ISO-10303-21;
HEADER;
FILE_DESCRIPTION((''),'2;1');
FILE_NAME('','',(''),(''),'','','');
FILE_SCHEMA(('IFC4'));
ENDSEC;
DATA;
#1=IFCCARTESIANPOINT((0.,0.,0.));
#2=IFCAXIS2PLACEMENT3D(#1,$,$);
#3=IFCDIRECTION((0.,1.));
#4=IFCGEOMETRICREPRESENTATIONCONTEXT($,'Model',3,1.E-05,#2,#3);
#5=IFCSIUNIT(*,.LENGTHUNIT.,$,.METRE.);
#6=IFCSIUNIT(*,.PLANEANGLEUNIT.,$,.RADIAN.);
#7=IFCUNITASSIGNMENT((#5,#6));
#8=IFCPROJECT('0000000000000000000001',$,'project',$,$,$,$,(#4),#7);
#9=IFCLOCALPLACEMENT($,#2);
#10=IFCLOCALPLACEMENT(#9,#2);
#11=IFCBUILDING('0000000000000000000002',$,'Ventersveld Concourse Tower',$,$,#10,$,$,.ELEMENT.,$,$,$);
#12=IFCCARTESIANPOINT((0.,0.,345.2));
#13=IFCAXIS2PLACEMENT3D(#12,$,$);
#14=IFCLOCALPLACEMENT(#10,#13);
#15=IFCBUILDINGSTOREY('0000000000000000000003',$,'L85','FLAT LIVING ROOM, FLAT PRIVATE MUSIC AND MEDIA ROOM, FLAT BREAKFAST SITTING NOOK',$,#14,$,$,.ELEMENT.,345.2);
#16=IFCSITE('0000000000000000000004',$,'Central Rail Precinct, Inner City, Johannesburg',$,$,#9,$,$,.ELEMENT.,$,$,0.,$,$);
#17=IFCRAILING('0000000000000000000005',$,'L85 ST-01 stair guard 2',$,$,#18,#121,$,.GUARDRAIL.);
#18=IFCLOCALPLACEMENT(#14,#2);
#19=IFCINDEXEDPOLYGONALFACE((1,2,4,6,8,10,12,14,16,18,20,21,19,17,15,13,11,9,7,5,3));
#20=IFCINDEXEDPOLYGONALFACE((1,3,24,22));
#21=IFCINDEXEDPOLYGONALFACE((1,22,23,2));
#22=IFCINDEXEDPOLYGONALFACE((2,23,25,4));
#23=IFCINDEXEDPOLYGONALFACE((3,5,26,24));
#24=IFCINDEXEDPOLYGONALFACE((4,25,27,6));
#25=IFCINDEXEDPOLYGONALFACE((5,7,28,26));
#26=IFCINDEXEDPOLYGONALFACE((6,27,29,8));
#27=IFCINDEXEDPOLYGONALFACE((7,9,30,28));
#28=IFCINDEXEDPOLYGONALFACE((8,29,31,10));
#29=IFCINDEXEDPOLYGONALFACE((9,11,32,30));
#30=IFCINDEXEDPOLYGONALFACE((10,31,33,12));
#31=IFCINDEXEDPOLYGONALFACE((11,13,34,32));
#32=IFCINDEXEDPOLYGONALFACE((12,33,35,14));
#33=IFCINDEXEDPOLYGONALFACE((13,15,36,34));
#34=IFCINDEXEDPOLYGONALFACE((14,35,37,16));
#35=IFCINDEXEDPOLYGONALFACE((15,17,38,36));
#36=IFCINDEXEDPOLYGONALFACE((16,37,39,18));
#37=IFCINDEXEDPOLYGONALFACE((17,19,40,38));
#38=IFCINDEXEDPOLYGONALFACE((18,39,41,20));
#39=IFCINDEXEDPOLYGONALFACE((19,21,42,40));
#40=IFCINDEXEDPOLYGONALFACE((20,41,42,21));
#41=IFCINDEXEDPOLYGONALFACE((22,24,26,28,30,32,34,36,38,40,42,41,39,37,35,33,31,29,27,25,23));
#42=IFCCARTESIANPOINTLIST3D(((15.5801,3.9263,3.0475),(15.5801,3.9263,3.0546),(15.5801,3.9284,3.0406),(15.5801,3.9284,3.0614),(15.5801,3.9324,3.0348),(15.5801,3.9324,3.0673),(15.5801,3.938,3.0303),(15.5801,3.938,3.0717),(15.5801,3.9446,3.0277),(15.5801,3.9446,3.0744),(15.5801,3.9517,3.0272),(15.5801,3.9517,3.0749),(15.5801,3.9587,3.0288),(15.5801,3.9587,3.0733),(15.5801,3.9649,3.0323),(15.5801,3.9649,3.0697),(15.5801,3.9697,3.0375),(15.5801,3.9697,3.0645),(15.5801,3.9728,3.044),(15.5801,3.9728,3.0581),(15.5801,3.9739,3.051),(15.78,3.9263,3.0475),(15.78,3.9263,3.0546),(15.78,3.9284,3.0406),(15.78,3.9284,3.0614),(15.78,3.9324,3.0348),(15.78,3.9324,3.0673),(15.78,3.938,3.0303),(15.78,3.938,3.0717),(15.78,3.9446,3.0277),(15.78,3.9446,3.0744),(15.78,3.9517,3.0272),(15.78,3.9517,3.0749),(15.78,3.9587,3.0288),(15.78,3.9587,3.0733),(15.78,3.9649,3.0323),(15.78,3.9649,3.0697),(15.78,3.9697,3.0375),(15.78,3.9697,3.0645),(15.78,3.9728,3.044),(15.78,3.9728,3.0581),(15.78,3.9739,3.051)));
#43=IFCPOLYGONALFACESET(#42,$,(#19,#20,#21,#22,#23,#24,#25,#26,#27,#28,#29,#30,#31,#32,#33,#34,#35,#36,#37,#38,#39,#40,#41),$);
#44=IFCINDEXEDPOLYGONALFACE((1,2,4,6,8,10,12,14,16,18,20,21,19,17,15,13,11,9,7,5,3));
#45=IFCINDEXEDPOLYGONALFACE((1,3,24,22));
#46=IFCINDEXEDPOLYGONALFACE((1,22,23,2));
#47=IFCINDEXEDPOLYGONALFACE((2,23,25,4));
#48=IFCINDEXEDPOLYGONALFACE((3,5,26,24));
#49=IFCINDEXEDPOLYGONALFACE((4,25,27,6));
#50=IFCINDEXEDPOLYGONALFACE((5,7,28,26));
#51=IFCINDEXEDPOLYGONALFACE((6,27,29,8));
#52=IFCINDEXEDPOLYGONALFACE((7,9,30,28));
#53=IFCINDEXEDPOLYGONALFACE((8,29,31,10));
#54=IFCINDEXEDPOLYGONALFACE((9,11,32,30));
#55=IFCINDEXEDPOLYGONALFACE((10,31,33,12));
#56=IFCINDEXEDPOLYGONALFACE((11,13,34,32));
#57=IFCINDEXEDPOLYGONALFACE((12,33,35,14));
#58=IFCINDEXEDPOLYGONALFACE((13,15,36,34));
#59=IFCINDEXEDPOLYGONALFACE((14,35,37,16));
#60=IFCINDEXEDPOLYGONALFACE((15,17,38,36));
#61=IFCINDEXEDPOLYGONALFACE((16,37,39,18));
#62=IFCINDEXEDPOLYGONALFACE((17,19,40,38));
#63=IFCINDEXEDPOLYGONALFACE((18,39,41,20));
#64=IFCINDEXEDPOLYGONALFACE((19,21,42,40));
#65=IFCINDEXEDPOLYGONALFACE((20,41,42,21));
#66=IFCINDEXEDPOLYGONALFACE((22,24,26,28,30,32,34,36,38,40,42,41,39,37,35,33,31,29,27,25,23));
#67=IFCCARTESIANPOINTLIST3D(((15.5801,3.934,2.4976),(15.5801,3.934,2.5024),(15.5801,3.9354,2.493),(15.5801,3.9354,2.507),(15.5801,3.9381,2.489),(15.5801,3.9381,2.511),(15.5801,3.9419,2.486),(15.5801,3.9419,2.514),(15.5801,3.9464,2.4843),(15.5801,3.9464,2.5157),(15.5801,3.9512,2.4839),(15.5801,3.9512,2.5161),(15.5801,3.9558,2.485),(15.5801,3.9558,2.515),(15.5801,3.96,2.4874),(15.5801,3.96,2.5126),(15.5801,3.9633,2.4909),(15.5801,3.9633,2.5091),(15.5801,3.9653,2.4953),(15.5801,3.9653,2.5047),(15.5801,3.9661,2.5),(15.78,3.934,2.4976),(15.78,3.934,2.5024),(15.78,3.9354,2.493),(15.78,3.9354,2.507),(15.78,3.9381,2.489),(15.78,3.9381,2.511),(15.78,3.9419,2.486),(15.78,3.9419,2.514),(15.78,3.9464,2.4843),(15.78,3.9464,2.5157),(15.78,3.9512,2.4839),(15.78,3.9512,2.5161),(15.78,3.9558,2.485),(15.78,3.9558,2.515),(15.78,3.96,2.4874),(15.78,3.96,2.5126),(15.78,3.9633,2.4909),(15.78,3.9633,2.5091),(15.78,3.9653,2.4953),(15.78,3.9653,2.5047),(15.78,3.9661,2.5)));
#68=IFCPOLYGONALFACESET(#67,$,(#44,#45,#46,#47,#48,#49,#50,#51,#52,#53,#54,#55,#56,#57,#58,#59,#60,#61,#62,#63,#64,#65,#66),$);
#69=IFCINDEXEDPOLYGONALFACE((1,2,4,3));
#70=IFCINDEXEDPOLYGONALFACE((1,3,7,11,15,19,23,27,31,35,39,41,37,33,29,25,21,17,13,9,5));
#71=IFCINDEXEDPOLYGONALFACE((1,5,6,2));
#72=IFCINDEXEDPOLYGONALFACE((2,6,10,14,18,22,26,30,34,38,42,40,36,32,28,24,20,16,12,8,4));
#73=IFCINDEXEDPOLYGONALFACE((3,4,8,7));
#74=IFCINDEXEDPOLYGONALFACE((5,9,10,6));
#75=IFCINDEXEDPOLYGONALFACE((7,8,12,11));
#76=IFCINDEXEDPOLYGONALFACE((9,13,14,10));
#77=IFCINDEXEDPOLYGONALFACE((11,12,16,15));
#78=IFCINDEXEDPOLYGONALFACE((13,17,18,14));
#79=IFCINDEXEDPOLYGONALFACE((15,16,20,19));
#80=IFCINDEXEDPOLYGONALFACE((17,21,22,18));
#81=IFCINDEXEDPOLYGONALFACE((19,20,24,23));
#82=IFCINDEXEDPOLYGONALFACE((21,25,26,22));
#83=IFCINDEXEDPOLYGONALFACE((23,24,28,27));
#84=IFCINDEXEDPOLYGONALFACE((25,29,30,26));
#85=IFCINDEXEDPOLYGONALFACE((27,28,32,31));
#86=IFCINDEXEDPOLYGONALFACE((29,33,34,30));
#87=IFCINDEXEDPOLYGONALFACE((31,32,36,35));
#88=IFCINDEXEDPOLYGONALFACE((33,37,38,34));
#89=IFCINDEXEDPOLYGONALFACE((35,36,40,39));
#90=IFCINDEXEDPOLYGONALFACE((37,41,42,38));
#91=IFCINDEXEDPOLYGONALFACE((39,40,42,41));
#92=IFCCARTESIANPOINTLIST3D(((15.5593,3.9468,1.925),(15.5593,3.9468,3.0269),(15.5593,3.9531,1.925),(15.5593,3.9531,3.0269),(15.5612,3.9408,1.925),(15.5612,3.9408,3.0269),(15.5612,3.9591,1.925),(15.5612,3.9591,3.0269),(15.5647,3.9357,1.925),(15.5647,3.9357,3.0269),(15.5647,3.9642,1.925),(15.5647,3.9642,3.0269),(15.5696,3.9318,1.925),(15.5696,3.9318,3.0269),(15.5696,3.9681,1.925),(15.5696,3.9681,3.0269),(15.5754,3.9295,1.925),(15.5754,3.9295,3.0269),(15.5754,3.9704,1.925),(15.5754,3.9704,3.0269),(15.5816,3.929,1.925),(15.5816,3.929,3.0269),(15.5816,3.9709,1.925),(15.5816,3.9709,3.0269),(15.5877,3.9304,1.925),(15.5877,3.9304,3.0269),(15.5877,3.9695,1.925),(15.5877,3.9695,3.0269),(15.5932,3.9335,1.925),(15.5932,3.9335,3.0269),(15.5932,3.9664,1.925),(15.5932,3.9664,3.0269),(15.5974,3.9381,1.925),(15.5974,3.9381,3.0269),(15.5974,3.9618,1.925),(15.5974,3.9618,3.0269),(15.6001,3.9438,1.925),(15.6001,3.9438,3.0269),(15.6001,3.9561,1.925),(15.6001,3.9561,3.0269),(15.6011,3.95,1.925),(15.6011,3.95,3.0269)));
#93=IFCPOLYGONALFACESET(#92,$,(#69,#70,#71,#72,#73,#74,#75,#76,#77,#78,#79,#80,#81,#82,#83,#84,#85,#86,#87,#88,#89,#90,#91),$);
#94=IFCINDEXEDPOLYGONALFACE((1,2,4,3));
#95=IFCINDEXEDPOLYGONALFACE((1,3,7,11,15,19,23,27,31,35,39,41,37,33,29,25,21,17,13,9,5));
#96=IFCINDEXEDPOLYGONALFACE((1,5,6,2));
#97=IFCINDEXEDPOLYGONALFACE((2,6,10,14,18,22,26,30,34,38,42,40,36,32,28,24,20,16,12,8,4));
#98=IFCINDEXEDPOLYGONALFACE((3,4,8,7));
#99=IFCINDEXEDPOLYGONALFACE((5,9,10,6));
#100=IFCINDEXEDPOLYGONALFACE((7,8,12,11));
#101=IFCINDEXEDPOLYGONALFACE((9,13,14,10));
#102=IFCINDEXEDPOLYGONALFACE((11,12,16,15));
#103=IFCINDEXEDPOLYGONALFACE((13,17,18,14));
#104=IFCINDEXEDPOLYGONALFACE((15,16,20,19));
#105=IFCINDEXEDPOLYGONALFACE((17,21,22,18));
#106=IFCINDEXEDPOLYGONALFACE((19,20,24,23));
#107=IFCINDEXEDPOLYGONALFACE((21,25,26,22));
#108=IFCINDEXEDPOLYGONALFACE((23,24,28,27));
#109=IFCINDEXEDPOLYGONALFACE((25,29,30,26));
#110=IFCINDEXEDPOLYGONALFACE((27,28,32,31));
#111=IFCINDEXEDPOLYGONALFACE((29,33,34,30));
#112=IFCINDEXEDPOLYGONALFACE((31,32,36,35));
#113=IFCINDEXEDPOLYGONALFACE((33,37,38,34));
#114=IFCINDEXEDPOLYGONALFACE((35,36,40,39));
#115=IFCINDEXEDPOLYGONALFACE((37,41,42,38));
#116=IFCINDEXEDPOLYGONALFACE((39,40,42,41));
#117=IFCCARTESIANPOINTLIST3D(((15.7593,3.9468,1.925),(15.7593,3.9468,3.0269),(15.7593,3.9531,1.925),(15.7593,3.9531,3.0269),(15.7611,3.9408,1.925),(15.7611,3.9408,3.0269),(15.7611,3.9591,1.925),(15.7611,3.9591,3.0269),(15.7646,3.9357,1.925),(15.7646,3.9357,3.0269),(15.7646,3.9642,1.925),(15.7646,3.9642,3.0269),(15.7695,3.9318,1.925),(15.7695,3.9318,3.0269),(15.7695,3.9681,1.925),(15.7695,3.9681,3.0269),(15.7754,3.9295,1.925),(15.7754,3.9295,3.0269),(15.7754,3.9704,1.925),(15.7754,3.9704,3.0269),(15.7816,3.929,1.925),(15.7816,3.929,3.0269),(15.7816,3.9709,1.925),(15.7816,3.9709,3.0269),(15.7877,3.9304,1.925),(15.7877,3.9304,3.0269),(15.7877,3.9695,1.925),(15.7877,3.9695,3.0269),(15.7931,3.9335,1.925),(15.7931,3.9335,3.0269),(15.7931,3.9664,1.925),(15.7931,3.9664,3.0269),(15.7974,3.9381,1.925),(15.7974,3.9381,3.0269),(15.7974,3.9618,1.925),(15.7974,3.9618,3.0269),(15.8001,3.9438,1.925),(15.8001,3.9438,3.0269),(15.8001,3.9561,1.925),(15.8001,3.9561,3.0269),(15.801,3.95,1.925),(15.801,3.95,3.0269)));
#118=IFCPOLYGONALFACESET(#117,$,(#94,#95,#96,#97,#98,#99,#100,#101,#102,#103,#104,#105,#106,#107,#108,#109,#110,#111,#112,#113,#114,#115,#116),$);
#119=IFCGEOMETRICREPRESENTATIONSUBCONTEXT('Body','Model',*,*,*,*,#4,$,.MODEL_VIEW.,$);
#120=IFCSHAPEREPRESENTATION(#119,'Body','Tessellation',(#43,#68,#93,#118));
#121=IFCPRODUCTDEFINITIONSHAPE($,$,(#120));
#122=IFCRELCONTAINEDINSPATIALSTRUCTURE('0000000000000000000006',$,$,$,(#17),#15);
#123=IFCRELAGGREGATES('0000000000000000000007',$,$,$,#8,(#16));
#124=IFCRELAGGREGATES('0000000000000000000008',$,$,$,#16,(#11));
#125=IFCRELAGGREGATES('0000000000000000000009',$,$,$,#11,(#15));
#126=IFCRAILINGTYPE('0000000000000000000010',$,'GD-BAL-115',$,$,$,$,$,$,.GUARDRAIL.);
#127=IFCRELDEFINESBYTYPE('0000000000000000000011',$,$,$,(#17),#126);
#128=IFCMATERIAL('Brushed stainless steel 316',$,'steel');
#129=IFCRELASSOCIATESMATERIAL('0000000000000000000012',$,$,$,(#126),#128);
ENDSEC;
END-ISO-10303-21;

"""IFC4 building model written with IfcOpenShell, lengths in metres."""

from ifc_helpers import new_model, si_unit, direction, frame, origin, origin_2d, place, context, subcontext, project, spatial, circle, extrude, material, type_object, element, save


model = new_model("IFC4")

# Units and contexts
model_context = context("Model", 3, precision=1e-05, world=origin(), true_north=direction((0.0, 1.0)))
body_context = subcontext(model_context, "Body", "Model", "MODEL_VIEW")
ifc_project = project(units=[si_unit("LENGTHUNIT", "METRE"), si_unit("PLANEANGLEUNIT", "RADIAN")], contexts=[model_context])

# Site, building, storey
site_placement = place(None, origin())
site = spatial("IfcSite", under=ifc_project, at=site_placement, Name="Central Rail Precinct, Inner City, Johannesburg", CompositionType="ELEMENT", RefElevation=0.0)
building_placement = place(site_placement, origin())
building = spatial("IfcBuilding", under=site, at=building_placement, Name="Ventersveld Concourse Tower", CompositionType="ELEMENT")
storey_placement = place(building_placement, frame((0.0, 0.0, 345.2)))
storey = spatial("IfcBuildingStorey", under=building, at=storey_placement, Name="L85", Description="FLAT LIVING ROOM, FLAT PRIVATE MUSIC AND MEDIA ROOM, FLAT BREAKFAST SITTING NOOK", CompositionType="ELEMENT", Elevation=345.2)

# Railing
ifc_material_1 = material(Name="Brushed stainless steel 316", Category="steel")
railing_type_1 = type_object("IfcRailingType", Name="GD-BAL-115", PredefinedType="GUARDRAIL", material=ifc_material_1)
railing_1_placement = place(storey_placement, frame((15.5801, 3.95, 1.925)))
element("IfcRailing", 1, at=railing_1_placement, inside=storey, type_object=railing_type_1, Name="L85 ST-01 stair guard 2", PredefinedType="GUARDRAIL", context=body_context, shape_type="SweptSolid", body=[
    extrude(circle(Radius=0.0239, at=origin_2d()), frame((0.0, 0.0, 1.126), z_axis=(1.0, 0.0, 0.0), x_axis=(0.0, 1.0, 0.0)), (0.0, 0.0, 1.0), 0.2),
    extrude(circle(Radius=0.0161, at=origin_2d()), frame((0.0, 0.0, 0.575), z_axis=(1.0, 0.0, 0.0), x_axis=(0.0, 1.0, 0.0)), (0.0, 0.0, 1.0), 0.2),
    extrude(circle(Radius=0.021, at=origin_2d()), origin(), (0.0, 0.0, 1.0), 1.1018),
    extrude(circle(Radius=0.021, at=origin_2d()), frame((0.2, 0.0, 0.0)), (0.0, 0.0, 1.0), 1.1018),
])

save(model, "model.ifc")
